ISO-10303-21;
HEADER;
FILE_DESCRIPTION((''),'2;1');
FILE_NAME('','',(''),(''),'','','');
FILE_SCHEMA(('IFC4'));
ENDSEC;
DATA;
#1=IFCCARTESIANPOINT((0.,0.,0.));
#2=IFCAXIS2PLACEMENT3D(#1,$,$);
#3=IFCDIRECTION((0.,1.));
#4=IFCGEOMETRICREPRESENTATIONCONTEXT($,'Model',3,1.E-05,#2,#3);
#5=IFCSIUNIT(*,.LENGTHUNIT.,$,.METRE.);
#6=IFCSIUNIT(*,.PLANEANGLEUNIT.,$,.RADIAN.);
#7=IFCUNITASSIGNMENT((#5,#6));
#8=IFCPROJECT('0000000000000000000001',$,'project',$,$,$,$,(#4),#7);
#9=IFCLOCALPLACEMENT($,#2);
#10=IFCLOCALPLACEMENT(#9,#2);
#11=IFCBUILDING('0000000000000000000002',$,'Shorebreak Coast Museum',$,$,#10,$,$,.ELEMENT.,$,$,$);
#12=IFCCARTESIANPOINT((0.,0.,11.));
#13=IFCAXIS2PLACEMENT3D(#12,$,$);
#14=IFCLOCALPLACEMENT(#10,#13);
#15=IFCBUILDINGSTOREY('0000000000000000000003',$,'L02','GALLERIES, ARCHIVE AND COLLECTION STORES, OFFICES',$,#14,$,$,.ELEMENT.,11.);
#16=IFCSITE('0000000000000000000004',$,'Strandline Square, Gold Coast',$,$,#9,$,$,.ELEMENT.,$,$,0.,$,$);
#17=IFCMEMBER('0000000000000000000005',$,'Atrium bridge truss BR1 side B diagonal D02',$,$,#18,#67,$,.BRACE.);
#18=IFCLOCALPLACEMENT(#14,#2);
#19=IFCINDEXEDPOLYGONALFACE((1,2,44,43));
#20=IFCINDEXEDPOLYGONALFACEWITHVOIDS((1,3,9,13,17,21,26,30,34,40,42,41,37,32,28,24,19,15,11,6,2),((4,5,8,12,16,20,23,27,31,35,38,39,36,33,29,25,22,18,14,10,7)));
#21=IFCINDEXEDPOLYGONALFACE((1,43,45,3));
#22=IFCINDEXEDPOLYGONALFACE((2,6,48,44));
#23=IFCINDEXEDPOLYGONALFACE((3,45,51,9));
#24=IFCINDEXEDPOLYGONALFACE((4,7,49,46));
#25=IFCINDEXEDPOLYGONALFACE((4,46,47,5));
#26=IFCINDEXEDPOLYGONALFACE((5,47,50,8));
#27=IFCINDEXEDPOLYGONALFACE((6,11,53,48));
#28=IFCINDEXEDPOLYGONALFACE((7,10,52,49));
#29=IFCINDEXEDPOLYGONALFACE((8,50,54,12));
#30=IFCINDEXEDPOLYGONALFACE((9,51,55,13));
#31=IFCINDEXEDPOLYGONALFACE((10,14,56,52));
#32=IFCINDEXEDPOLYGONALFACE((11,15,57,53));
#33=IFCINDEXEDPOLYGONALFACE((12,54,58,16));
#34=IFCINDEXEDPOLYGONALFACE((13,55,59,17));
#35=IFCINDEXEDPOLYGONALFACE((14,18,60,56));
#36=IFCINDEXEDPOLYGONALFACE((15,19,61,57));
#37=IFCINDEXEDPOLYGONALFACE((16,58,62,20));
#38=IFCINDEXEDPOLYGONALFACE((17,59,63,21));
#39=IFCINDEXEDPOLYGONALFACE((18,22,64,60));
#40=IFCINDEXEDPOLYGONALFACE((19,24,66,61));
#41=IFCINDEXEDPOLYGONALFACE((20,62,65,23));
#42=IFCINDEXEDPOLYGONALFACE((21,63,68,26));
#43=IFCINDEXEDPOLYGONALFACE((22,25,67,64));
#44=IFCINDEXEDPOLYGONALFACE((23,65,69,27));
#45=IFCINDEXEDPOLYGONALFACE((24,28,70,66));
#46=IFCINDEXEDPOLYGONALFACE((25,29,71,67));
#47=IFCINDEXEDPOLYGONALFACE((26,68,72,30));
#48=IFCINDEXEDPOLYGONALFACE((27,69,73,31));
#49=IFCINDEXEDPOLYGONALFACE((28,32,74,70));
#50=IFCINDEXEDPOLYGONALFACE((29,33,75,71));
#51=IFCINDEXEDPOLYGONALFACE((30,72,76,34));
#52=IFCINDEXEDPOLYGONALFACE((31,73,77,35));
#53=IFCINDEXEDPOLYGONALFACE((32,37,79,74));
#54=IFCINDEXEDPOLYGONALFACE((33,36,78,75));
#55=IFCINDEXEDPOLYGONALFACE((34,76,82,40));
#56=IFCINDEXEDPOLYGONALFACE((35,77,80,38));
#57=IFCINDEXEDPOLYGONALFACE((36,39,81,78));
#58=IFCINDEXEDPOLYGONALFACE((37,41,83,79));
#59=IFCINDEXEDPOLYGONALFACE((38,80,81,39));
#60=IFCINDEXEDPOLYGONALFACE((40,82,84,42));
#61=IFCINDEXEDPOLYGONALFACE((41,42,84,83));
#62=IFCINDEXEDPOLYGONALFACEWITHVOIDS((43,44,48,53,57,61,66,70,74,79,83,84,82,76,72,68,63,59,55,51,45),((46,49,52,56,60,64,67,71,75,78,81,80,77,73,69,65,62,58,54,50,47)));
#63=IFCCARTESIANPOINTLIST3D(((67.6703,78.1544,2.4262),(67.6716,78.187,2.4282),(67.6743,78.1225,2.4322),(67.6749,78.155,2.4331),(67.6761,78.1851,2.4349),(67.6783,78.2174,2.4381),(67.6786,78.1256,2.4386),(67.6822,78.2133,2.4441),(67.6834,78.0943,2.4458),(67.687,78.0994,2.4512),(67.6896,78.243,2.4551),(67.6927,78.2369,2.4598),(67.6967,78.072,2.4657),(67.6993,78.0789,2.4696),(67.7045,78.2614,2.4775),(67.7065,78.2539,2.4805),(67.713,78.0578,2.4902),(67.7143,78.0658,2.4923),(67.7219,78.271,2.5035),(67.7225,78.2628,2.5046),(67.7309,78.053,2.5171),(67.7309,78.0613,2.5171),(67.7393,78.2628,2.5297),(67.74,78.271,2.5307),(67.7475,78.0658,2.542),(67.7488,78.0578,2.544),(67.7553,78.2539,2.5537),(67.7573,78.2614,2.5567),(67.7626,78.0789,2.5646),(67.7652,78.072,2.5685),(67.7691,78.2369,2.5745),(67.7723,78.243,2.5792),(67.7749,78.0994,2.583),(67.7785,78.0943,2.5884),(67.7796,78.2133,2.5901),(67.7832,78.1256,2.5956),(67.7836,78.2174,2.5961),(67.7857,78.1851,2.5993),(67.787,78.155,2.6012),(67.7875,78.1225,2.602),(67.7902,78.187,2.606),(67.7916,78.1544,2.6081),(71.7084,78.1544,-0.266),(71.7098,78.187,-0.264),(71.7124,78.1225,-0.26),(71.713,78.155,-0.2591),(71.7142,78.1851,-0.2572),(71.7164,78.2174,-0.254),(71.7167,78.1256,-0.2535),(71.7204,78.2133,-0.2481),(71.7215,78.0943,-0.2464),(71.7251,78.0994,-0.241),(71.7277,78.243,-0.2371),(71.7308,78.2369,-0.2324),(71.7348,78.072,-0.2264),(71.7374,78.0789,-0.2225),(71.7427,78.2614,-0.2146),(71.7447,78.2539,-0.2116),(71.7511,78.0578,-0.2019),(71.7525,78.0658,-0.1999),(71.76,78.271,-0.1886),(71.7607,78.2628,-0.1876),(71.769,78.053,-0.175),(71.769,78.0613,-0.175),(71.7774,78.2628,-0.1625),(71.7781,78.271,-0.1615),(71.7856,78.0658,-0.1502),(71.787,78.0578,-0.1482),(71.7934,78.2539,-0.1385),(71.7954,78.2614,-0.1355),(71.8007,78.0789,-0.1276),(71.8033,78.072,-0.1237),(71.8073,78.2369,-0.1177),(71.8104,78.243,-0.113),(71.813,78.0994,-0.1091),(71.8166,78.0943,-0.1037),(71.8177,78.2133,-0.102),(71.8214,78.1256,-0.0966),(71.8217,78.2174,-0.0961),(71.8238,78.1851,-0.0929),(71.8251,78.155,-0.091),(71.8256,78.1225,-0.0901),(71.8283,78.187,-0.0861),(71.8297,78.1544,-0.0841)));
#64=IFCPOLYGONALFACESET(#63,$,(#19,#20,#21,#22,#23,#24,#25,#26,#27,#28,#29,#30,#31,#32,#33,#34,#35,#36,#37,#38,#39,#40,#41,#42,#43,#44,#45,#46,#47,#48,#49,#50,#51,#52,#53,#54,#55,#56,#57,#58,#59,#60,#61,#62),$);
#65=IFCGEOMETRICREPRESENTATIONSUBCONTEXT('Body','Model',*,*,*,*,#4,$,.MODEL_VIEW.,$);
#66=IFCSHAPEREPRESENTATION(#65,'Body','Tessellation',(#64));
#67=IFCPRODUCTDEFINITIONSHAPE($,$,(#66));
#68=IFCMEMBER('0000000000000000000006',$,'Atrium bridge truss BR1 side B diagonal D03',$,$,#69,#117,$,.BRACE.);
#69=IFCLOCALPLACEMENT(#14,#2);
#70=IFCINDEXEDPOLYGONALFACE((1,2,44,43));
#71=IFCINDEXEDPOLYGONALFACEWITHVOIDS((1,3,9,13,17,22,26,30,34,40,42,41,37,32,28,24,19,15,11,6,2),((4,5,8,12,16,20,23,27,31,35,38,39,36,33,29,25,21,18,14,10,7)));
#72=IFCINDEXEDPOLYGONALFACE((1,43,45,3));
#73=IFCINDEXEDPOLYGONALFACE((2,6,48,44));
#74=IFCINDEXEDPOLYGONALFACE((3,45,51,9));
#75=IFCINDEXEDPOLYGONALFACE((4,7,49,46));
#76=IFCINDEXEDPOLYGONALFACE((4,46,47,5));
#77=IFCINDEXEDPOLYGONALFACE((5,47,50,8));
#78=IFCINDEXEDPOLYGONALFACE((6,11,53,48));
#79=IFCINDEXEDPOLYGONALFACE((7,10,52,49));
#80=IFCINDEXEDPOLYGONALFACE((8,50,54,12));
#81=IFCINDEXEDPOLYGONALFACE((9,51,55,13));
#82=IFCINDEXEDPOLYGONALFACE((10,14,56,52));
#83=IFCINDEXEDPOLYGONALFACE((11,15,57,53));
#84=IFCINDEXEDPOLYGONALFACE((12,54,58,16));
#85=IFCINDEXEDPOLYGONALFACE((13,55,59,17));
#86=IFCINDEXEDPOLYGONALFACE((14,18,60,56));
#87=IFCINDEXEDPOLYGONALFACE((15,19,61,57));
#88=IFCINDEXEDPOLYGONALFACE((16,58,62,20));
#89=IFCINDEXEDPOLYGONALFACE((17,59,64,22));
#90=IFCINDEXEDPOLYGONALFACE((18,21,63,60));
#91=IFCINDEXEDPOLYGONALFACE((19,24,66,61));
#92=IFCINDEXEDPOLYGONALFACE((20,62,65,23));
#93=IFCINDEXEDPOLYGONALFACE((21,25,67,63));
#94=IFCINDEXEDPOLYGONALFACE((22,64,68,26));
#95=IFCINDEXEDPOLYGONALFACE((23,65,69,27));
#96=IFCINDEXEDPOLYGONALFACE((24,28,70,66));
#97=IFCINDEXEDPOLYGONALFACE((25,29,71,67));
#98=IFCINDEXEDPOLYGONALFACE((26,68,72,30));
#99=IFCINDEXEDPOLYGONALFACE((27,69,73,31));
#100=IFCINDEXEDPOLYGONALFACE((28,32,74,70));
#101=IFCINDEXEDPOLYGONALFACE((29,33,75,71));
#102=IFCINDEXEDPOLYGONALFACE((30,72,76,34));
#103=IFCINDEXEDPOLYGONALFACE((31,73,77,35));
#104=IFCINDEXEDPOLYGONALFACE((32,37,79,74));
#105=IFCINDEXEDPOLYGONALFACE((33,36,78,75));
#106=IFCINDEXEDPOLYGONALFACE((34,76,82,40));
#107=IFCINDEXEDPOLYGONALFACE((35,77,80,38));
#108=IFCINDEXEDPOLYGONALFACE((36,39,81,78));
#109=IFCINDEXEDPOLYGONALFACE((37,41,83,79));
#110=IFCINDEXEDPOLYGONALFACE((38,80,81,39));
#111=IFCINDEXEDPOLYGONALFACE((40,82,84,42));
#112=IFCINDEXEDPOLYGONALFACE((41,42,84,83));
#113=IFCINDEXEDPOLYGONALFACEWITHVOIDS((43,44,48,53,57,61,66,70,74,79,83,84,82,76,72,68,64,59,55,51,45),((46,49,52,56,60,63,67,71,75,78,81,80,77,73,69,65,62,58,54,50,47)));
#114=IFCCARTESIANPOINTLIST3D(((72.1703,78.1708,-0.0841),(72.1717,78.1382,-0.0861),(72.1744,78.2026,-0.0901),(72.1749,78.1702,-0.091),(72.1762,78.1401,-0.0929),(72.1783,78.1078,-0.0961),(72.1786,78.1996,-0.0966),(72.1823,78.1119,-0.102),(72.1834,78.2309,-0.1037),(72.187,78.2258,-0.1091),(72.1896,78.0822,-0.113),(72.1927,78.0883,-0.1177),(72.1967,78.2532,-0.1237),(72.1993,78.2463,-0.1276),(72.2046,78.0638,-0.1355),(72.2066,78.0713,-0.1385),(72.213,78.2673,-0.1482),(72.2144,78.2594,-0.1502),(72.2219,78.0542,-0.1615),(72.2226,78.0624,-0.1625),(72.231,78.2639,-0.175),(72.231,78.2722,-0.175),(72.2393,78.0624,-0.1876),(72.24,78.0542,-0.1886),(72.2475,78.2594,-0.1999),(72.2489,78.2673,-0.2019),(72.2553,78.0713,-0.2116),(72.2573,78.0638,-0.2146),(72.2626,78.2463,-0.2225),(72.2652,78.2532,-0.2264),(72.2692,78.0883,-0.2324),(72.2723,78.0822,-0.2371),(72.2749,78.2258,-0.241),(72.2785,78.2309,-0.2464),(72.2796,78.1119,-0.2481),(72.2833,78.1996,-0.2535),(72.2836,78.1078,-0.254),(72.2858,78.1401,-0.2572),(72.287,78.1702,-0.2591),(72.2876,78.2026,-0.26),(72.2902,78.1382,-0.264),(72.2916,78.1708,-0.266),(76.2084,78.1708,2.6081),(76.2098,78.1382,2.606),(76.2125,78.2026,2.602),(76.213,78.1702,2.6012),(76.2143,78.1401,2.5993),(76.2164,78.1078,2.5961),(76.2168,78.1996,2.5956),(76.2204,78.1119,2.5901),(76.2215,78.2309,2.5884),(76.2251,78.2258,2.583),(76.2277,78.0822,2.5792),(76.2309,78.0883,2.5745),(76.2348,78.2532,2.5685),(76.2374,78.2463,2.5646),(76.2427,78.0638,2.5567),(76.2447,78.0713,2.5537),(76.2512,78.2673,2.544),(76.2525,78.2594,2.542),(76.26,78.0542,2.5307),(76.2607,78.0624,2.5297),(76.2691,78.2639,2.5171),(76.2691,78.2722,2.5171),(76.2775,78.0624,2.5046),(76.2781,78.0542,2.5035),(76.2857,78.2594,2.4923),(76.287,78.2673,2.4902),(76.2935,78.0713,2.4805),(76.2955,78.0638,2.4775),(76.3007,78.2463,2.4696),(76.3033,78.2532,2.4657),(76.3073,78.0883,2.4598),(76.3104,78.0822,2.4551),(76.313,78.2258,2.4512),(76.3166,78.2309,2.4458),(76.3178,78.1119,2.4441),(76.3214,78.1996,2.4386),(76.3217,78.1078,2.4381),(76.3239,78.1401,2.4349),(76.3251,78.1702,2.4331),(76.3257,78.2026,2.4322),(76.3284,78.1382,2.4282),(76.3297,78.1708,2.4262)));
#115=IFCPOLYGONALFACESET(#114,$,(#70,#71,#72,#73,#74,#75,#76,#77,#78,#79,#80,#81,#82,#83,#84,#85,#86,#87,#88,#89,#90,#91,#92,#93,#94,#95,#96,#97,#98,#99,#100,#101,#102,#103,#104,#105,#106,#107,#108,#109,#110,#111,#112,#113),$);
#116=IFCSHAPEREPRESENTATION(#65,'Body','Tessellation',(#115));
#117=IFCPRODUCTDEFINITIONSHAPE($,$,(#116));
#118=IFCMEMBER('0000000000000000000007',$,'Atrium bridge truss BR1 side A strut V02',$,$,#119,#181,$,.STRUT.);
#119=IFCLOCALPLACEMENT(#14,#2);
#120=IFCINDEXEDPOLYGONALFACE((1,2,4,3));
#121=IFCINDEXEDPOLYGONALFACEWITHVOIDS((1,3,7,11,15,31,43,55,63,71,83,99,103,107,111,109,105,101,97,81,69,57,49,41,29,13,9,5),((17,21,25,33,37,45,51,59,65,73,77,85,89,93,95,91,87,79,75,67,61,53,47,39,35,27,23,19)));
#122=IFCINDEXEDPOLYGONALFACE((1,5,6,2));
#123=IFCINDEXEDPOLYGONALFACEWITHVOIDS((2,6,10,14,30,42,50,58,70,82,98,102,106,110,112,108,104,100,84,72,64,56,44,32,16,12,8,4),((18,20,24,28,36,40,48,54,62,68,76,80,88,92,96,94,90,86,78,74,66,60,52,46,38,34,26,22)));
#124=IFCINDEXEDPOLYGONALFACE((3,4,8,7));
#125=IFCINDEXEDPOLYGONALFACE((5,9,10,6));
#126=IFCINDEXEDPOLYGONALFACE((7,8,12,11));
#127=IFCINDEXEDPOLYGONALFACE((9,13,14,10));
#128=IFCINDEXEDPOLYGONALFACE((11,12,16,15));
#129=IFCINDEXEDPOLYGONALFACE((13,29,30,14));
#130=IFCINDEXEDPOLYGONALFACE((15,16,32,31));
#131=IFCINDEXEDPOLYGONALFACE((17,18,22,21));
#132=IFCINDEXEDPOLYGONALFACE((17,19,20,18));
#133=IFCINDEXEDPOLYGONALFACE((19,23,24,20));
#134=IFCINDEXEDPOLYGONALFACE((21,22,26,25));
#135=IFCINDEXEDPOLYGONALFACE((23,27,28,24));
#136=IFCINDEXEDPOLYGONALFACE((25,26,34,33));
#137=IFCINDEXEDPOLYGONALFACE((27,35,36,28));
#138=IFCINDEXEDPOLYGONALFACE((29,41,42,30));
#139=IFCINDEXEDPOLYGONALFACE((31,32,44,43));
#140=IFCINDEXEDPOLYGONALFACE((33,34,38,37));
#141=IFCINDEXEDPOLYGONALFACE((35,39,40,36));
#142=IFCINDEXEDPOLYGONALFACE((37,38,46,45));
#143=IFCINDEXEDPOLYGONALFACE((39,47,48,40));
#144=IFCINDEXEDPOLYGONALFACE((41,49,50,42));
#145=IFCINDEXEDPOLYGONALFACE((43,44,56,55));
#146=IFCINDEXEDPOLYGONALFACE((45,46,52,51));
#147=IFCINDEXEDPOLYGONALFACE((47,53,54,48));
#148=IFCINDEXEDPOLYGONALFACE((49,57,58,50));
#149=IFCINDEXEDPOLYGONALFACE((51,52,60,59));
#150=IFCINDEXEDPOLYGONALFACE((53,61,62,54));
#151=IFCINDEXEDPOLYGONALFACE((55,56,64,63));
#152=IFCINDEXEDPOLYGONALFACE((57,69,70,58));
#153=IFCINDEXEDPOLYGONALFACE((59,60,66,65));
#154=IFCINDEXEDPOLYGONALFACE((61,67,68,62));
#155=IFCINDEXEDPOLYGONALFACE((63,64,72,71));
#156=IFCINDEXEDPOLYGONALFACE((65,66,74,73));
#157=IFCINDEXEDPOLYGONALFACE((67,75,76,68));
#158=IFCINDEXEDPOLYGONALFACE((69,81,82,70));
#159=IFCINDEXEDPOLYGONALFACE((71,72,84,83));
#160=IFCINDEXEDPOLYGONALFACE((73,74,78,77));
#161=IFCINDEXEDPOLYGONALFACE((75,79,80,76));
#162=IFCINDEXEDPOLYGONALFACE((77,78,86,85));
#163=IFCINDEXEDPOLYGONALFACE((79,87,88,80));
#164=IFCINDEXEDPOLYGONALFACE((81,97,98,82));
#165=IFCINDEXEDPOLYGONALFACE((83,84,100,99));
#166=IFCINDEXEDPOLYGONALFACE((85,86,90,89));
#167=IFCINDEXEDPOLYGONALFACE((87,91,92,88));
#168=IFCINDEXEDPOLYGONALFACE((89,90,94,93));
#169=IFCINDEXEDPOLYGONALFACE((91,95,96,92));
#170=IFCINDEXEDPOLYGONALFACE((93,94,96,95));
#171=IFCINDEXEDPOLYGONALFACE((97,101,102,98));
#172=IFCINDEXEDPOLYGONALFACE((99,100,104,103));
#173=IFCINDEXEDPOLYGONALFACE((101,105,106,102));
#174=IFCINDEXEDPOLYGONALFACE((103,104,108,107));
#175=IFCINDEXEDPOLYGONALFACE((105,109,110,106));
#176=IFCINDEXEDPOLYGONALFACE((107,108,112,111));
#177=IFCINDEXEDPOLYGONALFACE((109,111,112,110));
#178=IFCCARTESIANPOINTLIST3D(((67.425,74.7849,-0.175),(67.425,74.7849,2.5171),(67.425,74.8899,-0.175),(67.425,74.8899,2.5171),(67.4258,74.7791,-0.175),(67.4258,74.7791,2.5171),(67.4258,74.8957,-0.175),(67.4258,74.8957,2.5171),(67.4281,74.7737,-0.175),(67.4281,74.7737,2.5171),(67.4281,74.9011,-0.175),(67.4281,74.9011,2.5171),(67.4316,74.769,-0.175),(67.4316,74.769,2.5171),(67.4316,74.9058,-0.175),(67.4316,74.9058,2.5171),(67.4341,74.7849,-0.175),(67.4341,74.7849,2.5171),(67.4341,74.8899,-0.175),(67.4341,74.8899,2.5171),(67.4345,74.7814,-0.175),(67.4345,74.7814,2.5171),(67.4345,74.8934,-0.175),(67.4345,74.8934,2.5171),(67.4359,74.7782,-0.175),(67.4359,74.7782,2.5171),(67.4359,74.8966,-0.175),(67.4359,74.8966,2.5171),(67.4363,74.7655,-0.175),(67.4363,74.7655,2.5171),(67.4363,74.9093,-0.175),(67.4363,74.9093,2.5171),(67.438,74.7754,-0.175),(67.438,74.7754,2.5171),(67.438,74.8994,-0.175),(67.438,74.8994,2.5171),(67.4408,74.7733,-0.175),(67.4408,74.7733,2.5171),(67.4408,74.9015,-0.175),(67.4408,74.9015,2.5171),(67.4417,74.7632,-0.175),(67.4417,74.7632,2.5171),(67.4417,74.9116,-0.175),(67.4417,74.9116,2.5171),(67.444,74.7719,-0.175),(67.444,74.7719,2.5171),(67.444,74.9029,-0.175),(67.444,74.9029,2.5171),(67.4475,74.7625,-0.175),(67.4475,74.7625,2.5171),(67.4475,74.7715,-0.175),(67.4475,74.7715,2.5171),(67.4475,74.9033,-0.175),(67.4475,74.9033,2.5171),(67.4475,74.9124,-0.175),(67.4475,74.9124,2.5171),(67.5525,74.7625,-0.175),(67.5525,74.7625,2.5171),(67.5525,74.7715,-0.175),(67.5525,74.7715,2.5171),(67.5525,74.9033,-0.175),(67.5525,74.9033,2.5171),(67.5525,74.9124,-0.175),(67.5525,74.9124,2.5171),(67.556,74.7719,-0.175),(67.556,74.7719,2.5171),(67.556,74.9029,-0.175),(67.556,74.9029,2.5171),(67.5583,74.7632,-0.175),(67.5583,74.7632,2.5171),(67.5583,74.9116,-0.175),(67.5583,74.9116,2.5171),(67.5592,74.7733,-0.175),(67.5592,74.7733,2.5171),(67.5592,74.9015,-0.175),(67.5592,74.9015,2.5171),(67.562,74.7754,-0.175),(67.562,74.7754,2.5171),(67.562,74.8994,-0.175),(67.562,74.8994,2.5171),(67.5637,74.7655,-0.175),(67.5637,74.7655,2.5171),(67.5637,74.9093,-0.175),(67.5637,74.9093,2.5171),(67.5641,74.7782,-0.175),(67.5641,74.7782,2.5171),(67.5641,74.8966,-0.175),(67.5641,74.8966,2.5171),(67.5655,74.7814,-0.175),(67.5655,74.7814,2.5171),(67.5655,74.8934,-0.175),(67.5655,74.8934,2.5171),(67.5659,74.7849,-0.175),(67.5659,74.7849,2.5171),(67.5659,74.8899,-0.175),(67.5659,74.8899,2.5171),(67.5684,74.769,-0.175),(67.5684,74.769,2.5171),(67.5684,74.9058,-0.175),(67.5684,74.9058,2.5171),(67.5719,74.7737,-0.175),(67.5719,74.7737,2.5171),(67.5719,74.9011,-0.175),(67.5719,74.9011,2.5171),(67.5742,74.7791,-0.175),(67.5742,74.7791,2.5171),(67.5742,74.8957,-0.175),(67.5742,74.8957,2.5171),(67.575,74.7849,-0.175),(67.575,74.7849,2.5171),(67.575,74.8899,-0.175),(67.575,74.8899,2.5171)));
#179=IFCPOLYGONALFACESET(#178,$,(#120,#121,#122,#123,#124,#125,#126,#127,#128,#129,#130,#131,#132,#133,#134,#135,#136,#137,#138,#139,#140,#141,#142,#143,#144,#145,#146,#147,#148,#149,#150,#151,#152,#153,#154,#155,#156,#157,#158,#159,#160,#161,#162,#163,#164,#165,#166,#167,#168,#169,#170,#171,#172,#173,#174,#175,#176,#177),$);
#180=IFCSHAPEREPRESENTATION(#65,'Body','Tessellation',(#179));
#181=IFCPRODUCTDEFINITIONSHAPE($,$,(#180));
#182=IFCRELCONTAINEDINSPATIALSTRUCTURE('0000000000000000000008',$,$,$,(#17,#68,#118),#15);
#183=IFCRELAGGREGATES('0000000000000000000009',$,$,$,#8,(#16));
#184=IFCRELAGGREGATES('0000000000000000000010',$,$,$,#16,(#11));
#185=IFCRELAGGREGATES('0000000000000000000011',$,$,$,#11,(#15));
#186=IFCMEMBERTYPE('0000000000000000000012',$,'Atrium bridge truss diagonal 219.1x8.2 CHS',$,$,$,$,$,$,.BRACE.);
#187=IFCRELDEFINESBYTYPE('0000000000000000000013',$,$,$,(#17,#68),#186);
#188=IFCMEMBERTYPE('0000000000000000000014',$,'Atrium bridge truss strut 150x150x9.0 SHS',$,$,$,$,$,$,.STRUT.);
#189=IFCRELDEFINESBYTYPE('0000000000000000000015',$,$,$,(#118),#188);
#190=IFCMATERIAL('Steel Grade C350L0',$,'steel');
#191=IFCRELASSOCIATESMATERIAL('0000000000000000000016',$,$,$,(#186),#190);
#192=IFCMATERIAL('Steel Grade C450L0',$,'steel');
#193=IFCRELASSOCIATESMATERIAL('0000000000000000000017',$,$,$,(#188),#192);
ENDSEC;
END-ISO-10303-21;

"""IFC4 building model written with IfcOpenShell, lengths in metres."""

from ifc_helpers import new_model, si_unit, direction, frame, origin, origin_2d, place, context, subcontext, project, spatial, hollow_rectangle, hollow_circle, extrude, material, material_profile, profile_set, type_object, element, save


model = new_model("IFC4")

# Units and contexts
model_context = context("Model", 3, precision=1e-05, world=origin(), true_north=direction((0.0, 1.0)))
body_context = subcontext(model_context, "Body", "Model", "MODEL_VIEW")
ifc_project = project(units=[si_unit("LENGTHUNIT", "METRE"), si_unit("PLANEANGLEUNIT", "RADIAN")], contexts=[model_context])

# Site, building, storey
site_placement = place(None, origin())
site = spatial("IfcSite", under=ifc_project, at=site_placement, Name="Strandline Square, Gold Coast", CompositionType="ELEMENT", RefElevation=0.0)
building_placement = place(site_placement, origin())
building = spatial("IfcBuilding", under=site, at=building_placement, Name="Shorebreak Coast Museum", CompositionType="ELEMENT")
storey_placement = place(building_placement, frame((0.0, 0.0, 11.0)))
storey = spatial("IfcBuildingStorey", under=building, at=storey_placement, Name="L02", Description="GALLERIES, ARCHIVE AND COLLECTION STORES, OFFICES", CompositionType="ELEMENT", Elevation=11.0)

# Members
ifc_material_1 = material(Name="Steel Grade C350L0", Category="steel")
ifc_material_profile_1 = material_profile(ifc_material_1, hollow_circle(Radius=0.1096, WallThickness=0.0083, at=origin_2d()), Name="219.1x8.2 CHS")
ifc_profile_set_1 = profile_set([ifc_material_profile_1], Name="Steel Grade C350L0")
member_type_1 = type_object("IfcMemberType", Name="Atrium bridge truss diagonal 219.1x8.2 CHS", PredefinedType="BRACE", material=ifc_profile_set_1)
for number, where, z_axis, x_axis, name in (
    (1, (71.769, 78.1626, -0.175), (-0.832043, 0.0, 0.554712), (0.0, -1.0, 0.0), "Atrium bridge truss BR1 side B diagonal D02"),
    (2, (72.231, 78.1626, -0.175), (0.832043, 0.0, 0.554712), (0.0, 1.0, 0.0), "Atrium bridge truss BR1 side B diagonal D03"),
):
    element("IfcMember", number, at=place(storey_placement, frame(where, z_axis=z_axis, x_axis=x_axis)), inside=storey, type_object=member_type_1, Name=name, PredefinedType="BRACE", context=body_context, shape_type="SweptSolid", body=[
        extrude(hollow_circle(Radius=0.1096, WallThickness=0.0083, at=origin_2d()), origin(), (0.0, 0.0, 1.0), 4.8533),
    ])
ifc_material_2 = material(Name="Steel Grade C450L0", Category="steel")
ifc_material_profile_2 = material_profile(ifc_material_2, hollow_rectangle(XDim=0.1499, YDim=0.1499, WallThickness=0.009, InnerFilletRadius=0.0134, OuterFilletRadius=0.0225, at=origin_2d()), Name="150x150x9.0 SHS")
ifc_profile_set_2 = profile_set([ifc_material_profile_2], Name="Steel Grade C450L0")
member_type_2 = type_object("IfcMemberType", Name="Atrium bridge truss strut 150x150x9.0 SHS", PredefinedType="STRUT", material=ifc_profile_set_2)
for number, where, z_axis, x_axis, name in (
    (3, (67.5, 74.8374, -0.175), (0.0, 0.0, 1.0), (1.0, 0.0, 0.0), "Atrium bridge truss BR1 side A strut V02"),
):
    element("IfcMember", number, at=place(storey_placement, frame(where, z_axis=z_axis, x_axis=x_axis)), inside=storey, type_object=member_type_2, Name=name, PredefinedType="STRUT", context=body_context, shape_type="SweptSolid", body=[
        extrude(hollow_rectangle(XDim=0.1499, YDim=0.1499, WallThickness=0.009, InnerFilletRadius=0.0134, OuterFilletRadius=0.0225, at=origin_2d()), origin(), (0.0, 0.0, 1.0), 2.6921),
    ])

save(model, "model.ifc")
